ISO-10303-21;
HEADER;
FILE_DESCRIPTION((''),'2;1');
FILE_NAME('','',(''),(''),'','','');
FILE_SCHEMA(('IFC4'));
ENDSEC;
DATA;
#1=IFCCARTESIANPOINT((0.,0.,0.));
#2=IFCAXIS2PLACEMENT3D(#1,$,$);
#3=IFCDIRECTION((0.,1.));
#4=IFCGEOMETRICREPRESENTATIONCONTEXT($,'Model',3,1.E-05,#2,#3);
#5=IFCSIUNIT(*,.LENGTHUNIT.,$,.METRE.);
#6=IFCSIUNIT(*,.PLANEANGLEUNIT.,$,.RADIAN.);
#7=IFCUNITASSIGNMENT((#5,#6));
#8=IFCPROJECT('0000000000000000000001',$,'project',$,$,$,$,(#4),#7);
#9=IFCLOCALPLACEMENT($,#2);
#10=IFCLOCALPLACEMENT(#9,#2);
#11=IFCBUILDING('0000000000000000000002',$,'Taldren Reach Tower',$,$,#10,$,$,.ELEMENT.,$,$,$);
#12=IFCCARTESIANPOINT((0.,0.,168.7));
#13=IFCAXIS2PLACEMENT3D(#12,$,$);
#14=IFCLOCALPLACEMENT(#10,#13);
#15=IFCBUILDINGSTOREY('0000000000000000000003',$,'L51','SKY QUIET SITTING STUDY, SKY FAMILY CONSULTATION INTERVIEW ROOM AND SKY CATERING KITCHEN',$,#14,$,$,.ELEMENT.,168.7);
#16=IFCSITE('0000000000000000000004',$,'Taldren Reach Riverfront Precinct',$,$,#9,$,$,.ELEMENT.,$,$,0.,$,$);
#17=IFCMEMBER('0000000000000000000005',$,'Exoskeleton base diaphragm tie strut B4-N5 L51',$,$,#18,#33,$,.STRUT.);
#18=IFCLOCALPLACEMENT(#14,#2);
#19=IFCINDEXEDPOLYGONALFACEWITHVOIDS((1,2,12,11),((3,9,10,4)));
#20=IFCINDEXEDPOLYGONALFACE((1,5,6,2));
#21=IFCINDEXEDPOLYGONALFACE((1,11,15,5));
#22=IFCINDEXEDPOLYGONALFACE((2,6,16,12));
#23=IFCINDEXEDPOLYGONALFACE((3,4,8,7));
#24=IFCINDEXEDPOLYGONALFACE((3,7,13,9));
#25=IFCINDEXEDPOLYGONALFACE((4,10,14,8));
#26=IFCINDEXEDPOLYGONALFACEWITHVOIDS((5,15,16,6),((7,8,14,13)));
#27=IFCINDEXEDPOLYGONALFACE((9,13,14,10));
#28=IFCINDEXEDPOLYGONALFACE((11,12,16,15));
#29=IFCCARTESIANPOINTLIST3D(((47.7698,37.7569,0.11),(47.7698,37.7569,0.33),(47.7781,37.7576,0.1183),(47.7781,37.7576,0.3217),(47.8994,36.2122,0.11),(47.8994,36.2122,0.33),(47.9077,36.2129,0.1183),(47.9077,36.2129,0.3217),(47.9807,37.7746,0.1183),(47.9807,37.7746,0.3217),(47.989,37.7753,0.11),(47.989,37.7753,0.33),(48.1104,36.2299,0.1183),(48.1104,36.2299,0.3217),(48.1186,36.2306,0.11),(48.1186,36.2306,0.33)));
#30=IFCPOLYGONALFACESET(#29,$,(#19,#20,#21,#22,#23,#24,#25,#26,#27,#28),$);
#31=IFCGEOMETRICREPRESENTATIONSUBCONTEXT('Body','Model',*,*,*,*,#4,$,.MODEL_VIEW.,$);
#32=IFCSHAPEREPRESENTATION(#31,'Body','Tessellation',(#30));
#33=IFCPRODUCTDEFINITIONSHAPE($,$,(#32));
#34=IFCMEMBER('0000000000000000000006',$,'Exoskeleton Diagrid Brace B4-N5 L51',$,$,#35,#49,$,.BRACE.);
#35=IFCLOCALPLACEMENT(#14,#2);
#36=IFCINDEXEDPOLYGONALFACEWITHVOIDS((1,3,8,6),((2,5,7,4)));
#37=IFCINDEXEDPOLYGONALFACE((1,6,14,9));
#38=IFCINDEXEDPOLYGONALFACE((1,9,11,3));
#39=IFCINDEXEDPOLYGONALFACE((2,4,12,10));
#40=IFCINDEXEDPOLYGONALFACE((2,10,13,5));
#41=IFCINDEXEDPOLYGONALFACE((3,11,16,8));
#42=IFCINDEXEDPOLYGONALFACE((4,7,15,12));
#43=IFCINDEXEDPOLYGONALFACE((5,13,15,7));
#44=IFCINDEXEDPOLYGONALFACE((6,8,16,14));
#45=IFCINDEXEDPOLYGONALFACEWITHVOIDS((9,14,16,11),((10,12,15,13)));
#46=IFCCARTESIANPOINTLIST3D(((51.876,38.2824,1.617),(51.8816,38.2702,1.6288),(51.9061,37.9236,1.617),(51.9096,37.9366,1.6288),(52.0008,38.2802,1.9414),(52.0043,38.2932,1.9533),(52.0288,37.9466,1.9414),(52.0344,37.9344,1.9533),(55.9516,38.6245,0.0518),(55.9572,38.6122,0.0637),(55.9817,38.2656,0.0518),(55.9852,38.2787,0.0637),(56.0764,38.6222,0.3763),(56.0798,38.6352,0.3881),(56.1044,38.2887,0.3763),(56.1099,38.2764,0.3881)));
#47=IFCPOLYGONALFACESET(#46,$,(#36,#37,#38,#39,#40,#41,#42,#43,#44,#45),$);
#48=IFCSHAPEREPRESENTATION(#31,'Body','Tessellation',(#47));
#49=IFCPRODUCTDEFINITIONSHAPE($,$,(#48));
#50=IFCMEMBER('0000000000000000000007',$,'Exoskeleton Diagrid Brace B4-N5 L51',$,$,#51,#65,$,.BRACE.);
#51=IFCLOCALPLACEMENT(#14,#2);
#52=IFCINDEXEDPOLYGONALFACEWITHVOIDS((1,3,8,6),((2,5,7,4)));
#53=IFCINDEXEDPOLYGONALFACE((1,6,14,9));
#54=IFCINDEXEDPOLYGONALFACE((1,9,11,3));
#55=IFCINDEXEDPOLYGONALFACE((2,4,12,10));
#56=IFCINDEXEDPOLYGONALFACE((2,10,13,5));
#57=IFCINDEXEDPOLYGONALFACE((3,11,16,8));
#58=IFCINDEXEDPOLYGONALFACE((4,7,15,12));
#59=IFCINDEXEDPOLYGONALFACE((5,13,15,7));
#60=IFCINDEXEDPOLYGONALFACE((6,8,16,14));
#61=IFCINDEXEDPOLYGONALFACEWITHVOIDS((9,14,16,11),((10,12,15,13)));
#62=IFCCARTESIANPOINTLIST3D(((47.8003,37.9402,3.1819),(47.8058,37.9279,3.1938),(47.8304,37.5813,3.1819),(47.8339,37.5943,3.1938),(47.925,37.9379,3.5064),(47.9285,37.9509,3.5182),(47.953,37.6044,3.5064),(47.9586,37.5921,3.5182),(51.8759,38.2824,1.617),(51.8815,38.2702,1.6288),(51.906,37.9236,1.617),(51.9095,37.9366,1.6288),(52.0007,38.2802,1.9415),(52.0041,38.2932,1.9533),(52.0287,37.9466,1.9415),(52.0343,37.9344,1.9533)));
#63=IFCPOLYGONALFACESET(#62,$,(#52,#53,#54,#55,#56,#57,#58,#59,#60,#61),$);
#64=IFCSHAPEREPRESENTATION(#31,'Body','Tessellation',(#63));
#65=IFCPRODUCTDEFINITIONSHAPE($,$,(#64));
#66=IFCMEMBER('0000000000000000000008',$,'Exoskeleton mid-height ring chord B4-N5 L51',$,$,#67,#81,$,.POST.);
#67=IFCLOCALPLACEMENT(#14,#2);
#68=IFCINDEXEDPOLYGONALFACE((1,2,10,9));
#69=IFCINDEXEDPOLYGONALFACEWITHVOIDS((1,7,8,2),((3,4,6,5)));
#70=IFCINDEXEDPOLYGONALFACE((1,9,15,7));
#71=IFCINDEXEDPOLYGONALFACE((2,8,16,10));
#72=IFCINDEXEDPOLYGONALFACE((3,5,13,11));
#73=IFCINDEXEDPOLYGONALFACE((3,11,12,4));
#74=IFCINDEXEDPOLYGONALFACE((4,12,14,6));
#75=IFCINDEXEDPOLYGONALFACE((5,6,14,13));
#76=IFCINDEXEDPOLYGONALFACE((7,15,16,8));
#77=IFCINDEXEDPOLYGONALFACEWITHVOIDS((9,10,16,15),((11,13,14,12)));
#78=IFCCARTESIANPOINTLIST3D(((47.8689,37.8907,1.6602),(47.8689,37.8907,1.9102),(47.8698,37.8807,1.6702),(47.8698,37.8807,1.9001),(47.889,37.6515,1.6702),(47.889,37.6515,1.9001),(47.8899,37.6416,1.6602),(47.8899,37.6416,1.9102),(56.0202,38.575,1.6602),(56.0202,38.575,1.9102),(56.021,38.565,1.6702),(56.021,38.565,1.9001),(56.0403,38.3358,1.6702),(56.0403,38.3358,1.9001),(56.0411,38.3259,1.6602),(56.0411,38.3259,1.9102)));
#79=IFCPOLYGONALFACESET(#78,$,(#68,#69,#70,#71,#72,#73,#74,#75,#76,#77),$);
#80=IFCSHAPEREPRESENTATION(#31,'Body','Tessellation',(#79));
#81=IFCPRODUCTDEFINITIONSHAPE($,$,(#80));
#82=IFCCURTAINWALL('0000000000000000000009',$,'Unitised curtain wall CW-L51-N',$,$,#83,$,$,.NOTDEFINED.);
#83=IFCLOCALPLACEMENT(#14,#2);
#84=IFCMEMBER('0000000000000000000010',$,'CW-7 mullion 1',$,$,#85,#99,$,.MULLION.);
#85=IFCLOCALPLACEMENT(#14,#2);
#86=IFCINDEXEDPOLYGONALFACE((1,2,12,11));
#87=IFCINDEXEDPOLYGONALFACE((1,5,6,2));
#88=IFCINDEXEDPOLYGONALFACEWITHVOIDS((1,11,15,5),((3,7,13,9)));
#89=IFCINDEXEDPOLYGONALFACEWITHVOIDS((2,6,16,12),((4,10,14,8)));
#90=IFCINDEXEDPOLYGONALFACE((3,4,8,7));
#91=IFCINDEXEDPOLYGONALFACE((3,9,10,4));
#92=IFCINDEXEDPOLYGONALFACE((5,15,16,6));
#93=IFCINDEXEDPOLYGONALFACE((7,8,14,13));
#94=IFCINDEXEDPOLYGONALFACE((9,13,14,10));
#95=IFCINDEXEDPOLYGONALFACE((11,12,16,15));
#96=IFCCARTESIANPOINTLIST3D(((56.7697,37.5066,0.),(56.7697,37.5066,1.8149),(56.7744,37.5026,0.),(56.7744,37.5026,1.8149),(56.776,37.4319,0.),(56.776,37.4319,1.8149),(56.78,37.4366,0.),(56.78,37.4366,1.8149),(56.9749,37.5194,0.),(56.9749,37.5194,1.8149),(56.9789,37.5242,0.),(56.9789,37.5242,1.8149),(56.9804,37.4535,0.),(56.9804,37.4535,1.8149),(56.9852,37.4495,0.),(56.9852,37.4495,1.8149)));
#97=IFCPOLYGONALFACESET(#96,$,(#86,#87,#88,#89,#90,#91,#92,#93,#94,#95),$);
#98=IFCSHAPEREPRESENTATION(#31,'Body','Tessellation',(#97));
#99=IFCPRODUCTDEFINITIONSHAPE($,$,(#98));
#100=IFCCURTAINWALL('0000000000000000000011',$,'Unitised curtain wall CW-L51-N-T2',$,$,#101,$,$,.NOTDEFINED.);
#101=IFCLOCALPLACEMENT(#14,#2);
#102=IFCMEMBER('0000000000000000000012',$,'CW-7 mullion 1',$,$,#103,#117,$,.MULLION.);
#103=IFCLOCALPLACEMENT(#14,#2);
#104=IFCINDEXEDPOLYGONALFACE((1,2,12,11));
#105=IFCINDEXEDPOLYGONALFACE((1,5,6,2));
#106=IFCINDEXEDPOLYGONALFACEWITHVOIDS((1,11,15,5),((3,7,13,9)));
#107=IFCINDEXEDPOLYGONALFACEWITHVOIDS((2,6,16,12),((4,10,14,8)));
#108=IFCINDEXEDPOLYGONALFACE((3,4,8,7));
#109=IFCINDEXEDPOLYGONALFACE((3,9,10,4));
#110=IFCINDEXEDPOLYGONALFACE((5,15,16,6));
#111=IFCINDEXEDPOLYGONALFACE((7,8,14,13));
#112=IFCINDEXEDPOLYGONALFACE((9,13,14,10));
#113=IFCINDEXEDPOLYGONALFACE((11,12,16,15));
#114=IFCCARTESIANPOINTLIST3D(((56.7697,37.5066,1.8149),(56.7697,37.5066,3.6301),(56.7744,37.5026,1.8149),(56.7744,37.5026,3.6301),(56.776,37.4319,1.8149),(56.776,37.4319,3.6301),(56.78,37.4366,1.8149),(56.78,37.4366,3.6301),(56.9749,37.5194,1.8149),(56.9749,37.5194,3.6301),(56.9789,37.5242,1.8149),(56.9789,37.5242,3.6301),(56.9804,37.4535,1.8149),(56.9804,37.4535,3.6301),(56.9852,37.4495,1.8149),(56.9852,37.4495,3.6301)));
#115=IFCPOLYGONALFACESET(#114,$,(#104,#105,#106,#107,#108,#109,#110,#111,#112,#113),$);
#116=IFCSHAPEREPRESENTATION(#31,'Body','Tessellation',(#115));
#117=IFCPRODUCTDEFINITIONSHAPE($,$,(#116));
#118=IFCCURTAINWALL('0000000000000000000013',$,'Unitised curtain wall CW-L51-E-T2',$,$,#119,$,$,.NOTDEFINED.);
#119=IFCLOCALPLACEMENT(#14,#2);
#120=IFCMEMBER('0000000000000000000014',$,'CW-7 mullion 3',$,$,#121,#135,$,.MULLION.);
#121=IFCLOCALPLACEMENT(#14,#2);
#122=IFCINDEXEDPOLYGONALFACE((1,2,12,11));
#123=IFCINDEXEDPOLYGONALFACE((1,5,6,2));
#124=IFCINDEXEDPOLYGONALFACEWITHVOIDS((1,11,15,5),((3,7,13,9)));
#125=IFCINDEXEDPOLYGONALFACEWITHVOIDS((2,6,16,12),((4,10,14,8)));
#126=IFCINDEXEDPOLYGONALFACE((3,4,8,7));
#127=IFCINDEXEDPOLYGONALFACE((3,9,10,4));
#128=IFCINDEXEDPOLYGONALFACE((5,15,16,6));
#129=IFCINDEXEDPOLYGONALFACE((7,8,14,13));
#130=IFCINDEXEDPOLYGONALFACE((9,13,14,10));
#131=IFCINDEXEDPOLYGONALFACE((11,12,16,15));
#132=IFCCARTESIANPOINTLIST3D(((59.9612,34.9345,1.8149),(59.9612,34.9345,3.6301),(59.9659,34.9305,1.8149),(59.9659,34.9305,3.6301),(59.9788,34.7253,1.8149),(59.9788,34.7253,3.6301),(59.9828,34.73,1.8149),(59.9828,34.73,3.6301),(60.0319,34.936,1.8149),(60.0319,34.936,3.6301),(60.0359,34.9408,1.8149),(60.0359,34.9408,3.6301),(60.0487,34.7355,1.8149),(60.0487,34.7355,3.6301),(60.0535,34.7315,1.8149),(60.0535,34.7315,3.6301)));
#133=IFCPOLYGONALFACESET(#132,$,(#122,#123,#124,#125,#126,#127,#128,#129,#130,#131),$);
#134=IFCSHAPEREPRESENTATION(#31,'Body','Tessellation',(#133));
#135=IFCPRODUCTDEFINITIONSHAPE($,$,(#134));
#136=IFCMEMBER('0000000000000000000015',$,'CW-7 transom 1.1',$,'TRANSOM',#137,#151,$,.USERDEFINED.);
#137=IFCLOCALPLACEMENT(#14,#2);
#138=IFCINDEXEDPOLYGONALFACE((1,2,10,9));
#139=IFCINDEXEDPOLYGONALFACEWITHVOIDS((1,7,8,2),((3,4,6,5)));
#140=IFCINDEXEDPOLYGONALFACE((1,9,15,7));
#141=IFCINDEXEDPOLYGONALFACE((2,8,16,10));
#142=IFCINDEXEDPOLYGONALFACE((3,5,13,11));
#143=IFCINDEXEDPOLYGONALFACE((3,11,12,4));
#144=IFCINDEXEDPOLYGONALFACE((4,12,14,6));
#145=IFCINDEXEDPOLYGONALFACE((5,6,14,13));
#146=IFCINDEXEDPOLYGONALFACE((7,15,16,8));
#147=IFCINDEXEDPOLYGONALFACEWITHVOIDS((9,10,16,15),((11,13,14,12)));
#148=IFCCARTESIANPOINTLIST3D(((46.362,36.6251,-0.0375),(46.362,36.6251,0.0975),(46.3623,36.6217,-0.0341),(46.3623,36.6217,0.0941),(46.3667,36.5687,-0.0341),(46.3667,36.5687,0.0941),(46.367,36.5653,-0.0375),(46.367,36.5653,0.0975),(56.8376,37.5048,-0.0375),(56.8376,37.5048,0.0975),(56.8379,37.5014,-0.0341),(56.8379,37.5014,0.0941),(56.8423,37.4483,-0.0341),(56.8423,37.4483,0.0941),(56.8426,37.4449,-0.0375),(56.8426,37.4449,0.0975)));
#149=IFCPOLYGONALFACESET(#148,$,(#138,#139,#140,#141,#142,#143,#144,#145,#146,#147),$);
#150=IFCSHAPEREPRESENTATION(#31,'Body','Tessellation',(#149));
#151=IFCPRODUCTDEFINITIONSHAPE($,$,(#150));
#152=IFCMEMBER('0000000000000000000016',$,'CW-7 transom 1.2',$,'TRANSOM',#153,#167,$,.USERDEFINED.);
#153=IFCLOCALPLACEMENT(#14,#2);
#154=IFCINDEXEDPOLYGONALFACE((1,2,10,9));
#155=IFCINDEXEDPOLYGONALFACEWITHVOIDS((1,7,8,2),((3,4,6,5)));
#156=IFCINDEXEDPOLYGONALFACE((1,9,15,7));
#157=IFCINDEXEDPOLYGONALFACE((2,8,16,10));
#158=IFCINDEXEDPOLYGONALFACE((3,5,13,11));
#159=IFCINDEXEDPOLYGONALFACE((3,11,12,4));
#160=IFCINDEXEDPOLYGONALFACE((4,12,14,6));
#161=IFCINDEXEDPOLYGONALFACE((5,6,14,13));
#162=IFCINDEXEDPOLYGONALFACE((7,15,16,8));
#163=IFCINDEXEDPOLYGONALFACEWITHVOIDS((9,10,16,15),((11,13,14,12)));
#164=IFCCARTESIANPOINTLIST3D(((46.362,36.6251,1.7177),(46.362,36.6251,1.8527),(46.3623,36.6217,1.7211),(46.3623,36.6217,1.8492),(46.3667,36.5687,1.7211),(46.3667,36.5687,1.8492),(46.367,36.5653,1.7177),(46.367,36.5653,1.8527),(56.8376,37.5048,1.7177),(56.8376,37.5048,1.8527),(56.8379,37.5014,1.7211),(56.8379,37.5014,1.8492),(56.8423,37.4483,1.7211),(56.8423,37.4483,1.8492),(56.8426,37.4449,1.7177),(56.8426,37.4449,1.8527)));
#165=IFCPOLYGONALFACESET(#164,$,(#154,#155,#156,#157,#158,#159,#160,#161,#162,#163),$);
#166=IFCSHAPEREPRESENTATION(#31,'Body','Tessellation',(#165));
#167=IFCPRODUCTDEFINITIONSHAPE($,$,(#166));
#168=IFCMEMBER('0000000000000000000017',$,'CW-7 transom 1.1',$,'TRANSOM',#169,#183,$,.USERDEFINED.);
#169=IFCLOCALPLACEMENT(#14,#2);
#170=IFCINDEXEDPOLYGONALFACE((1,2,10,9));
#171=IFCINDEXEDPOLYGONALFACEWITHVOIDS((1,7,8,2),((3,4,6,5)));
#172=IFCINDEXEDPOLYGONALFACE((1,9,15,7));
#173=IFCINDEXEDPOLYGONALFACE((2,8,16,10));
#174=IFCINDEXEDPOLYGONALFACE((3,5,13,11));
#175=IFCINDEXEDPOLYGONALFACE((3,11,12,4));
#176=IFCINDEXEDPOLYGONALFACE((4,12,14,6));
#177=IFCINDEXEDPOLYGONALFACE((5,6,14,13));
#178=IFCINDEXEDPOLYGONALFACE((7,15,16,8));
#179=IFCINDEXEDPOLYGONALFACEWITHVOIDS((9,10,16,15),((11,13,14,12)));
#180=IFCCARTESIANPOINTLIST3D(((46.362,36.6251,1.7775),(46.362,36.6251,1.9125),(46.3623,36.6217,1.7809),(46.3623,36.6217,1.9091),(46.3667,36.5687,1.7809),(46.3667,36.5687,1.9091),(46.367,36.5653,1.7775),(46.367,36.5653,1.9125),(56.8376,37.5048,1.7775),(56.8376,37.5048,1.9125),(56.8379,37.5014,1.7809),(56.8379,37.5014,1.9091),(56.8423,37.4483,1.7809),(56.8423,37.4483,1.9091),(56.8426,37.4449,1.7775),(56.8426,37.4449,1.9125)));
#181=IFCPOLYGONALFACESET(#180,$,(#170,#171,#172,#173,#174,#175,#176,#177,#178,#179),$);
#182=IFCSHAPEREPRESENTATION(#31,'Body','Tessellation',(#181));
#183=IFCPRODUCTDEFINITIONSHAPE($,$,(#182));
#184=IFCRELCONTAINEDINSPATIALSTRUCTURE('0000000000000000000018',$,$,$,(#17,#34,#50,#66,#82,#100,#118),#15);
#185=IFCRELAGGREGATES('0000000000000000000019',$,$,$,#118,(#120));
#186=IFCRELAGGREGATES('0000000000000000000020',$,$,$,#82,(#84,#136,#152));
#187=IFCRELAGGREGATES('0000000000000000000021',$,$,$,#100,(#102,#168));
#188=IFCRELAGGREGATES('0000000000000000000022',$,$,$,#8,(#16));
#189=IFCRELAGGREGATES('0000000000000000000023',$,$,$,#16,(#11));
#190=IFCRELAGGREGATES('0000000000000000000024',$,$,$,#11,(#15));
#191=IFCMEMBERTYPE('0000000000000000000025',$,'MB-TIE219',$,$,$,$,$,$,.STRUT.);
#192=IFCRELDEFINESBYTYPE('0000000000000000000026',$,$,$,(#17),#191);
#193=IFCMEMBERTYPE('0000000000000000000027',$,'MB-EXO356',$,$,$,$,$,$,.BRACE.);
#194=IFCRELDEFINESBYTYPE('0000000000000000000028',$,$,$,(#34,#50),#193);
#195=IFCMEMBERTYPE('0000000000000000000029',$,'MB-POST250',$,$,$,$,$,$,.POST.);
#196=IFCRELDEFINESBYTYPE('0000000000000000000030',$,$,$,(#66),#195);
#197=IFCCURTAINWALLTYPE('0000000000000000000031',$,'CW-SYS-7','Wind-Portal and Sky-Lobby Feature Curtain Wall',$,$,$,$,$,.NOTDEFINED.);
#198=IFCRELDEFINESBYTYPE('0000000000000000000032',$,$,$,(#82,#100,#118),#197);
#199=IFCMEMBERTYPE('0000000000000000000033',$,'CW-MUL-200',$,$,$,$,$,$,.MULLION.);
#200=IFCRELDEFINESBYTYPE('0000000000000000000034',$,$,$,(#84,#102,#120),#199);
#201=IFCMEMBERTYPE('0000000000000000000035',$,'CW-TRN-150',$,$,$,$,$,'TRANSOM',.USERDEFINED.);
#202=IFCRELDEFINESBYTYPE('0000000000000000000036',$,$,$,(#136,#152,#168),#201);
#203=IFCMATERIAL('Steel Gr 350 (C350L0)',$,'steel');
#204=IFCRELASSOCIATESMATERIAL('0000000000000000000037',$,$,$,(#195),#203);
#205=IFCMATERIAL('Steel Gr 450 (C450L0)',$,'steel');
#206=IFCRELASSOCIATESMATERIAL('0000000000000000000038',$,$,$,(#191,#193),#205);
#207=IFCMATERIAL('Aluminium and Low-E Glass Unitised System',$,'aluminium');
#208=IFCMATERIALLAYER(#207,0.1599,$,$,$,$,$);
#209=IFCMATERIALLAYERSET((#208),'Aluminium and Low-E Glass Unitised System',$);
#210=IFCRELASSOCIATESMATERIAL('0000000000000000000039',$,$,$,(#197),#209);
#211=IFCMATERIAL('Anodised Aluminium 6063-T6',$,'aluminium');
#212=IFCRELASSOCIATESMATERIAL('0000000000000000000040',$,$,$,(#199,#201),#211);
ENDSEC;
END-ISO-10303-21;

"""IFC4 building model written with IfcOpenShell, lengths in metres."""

from ifc_helpers import new_model, si_unit, direction, frame, origin, origin_2d, place, context, subcontext, project, spatial, hollow_rectangle, extrude, source, transform, mapped, material, layer, layer_set, material_profile, profile_set, type_object, element, aggregate, save


model = new_model("IFC4")

# Units and contexts
model_context = context("Model", 3, precision=1e-05, world=origin(), true_north=direction((0.0, 1.0)))
body_context = subcontext(model_context, "Body", "Model", "MODEL_VIEW")
ifc_project = project(units=[si_unit("LENGTHUNIT", "METRE"), si_unit("PLANEANGLEUNIT", "RADIAN")], contexts=[model_context])

# Site, building, storey
site_placement = place(None, origin())
site = spatial("IfcSite", under=ifc_project, at=site_placement, Name="Taldren Reach Riverfront Precinct", CompositionType="ELEMENT", RefElevation=0.0)
building_placement = place(site_placement, origin())
building = spatial("IfcBuilding", under=site, at=building_placement, Name="Taldren Reach Tower", CompositionType="ELEMENT")
storey_placement = place(building_placement, frame((0.0, 0.0, 168.7)))
storey = spatial("IfcBuildingStorey", under=building, at=storey_placement, Name="L51", Description="SKY QUIET SITTING STUDY, SKY FAMILY CONSULTATION INTERVIEW ROOM AND SKY CATERING KITCHEN", CompositionType="ELEMENT", Elevation=168.7)

# Shared definitions
ifc_material_1 = material(Name="Steel Gr 350 (C350L0)", Category="steel")

# Shared definitions
ifc_material_profile_1 = material_profile(ifc_material_1, hollow_rectangle(XDim=0.25, YDim=0.25, WallThickness=0.01, at=origin_2d()), Name="250x250x10.0SHS")
ifc_profile_set_1 = profile_set([ifc_material_profile_1], Name="Steel Gr 350 (C350L0)")
member_type_1 = type_object("IfcMemberType", Name="MB-POST250", PredefinedType="POST", material=ifc_profile_set_1)

# Members
ifc_material_2 = material(Name="Steel Gr 450 (C450L0)", Category="steel")
ifc_material_profile_2 = material_profile(ifc_material_2, hollow_rectangle(XDim=0.22, YDim=0.22, WallThickness=0.0083, at=origin_2d()), Name="220x220x8.2SHS")
ifc_profile_set_2 = profile_set([ifc_material_profile_2], Name="Steel Gr 450 (C450L0)")
member_type_2 = type_object("IfcMemberType", Name="MB-TIE219", PredefinedType="STRUT", material=ifc_profile_set_2)
shared_shape_1 = source(origin(), body_context, "Body", "SweptSolid", [
    extrude(hollow_rectangle(XDim=0.22, YDim=0.22, WallThickness=0.0083, at=origin_2d()), origin(), (0.0, 0.0, 1.0), 1.55),
])
for number, where, z_axis, x_axis, name in (
    (1, (48.009, 36.2214, 0.22), (-0.083632, 0.996497, 0.0), (-0.996497, -0.083632, 0.0), "Exoskeleton base diaphragm tie strut B4-N5 L51"),
):
    element("IfcMember", number, at=place(storey_placement, frame(where, z_axis=z_axis, x_axis=x_axis)), inside=storey, type_object=member_type_2, Name=name, PredefinedType="STRUT", context=body_context, shape_type="MappedRepresentation", body=[
        mapped(shared_shape_1, transform((0.0, 0.0, 0.0), scale=1.0)),
    ])
ifc_material_profile_3 = material_profile(ifc_material_2, hollow_rectangle(XDim=0.3601, YDim=0.3601, WallThickness=0.0127, at=origin_2d()), Name="360x360x12.7SHS")
ifc_profile_set_3 = profile_set([ifc_material_profile_3], Name="Steel Gr 450 (C450L0)")
member_type_3 = type_object("IfcMemberType", Name="MB-EXO356", PredefinedType="BRACE", material=ifc_profile_set_3)
shared_shape_2 = source(origin(), body_context, "Body", "SweptSolid", [
    extrude(hollow_rectangle(XDim=0.3601, YDim=0.3601, WallThickness=0.0127, at=origin_2d()), origin(), (0.0, 0.0, 1.0), 4.3792),
])
for number, where, z_axis, x_axis, name in (
    (2, (56.0308, 38.4504, 0.22), (-0.930677, -0.078105, 0.357408), (0.083628, -0.996497, 0.0), "Exoskeleton Diagrid Brace B4-N5 L51"),
    (3, (51.9551, 38.1084, 1.7852), (-0.930691, -0.078162, 0.357358), (0.083688, -0.996492, 0.0), "Exoskeleton Diagrid Brace B4-N5 L51"),
):
    element("IfcMember", number, at=place(storey_placement, frame(where, z_axis=z_axis, x_axis=x_axis)), inside=storey, type_object=member_type_3, Name=name, PredefinedType="BRACE", context=body_context, shape_type="MappedRepresentation", body=[
        mapped(shared_shape_2, transform((0.0, 0.0, 0.0), scale=1.0)),
    ])
shared_shape_3 = source(origin(), body_context, "Body", "SweptSolid", [
    extrude(hollow_rectangle(XDim=0.25, YDim=0.25, WallThickness=0.01, at=origin_2d()), origin(), (0.0, 0.0, 1.0), 8.1799),
])
member_1_placement = place(storey_placement, frame((47.8794, 37.7661, 1.7852), z_axis=(0.996495, 0.083658, 0.0), x_axis=(-0.083658, 0.996495, 0.0)))
element("IfcMember", 4, at=member_1_placement, inside=storey, type_object=member_type_1, Name="Exoskeleton mid-height ring chord B4-N5 L51", PredefinedType="POST", context=body_context, shape_type="MappedRepresentation", body=[
    mapped(shared_shape_3, transform((0.0, 0.0, 0.0), scale=1.0)),
])

# Curtain walls, members
ifc_material_3 = material(Name="Aluminium and Low-E Glass Unitised System", Category="aluminium")
ifc_layer_1 = layer(ifc_material_3, 0.1599)
ifc_layer_set_1 = layer_set([ifc_layer_1], Name="Aluminium and Low-E Glass Unitised System")
curtain_wall_type = type_object("IfcCurtainWallType", Name="CW-SYS-7", Description="Wind-Portal and Sky-Lobby Feature Curtain Wall", PredefinedType="NOTDEFINED", material=ifc_layer_set_1)
curtain_wall_1_placement = place(storey_placement, origin())
curtain_wall_1 = element("IfcCurtainWall", 5, at=curtain_wall_1_placement, inside=storey, type_object=curtain_wall_type, Name="Unitised curtain wall CW-L51-N", PredefinedType="NOTDEFINED")
ifc_material_4 = material(Name="Anodised Aluminium 6063-T6", Category="aluminium")
ifc_material_profile_4 = material_profile(ifc_material_4, hollow_rectangle(XDim=0.075, YDim=0.21, WallThickness=0.0044, at=origin_2d()), Name="ALU-210x75x4.5RHS")
ifc_profile_set_4 = profile_set([ifc_material_profile_4], Name="Anodised Aluminium 6063-T6")
member_type_4 = type_object("IfcMemberType", Name="CW-MUL-200", PredefinedType="MULLION", material=ifc_profile_set_4)
shared_shape_4 = source(origin(), body_context, "Body", "SweptSolid", [
    extrude(hollow_rectangle(XDim=0.075, YDim=0.21, WallThickness=0.0044, at=origin_2d()), origin(), (0.0, 0.0, 1.0), 1.8149),
])
member_2_placement = place(storey_placement, frame((56.8774, 37.478, 0.0), z_axis=(0.0, 0.0, 1.0), x_axis=(0.083678, -0.996493, 0.0)))
member_2 = element("IfcMember", 6, at=member_2_placement, type_object=member_type_4, Name="CW-7 mullion 1", PredefinedType="MULLION", context=body_context, shape_type="MappedRepresentation", body=[
    mapped(shared_shape_4, transform((0.0, 0.0, 0.0), scale=1.0)),
])
curtain_wall_2_placement = place(storey_placement, origin())
curtain_wall_2 = element("IfcCurtainWall", 7, at=curtain_wall_2_placement, inside=storey, type_object=curtain_wall_type, Name="Unitised curtain wall CW-L51-N-T2", PredefinedType="NOTDEFINED")
shared_shape_5 = source(origin(), body_context, "Body", "SweptSolid", [
    extrude(hollow_rectangle(XDim=0.075, YDim=0.21, WallThickness=0.0044, at=origin_2d()), origin(), (0.0, 0.0, 1.0), 1.8152),
])
member_3_placement = place(storey_placement, frame((56.8774, 37.478, 1.8149), z_axis=(0.0, 0.0, 1.0), x_axis=(0.083678, -0.996493, 0.0)))
member_3 = element("IfcMember", 8, at=member_3_placement, type_object=member_type_4, Name="CW-7 mullion 1", PredefinedType="MULLION", context=body_context, shape_type="MappedRepresentation", body=[
    mapped(shared_shape_5, transform((0.0, 0.0, 0.0), scale=1.0)),
])
curtain_wall_3_placement = place(storey_placement, origin())
curtain_wall_3 = element("IfcCurtainWall", 9, at=curtain_wall_3_placement, inside=storey, type_object=curtain_wall_type, Name="Unitised curtain wall CW-L51-E-T2", PredefinedType="NOTDEFINED")
member_4_placement = place(storey_placement, frame((60.0073, 34.833, 1.8149), z_axis=(0.0, 0.0, 1.0), x_axis=(-0.996493, -0.083678, 0.0)))
member_4 = element("IfcMember", 10, at=member_4_placement, type_object=member_type_4, Name="CW-7 mullion 3", PredefinedType="MULLION", context=body_context, shape_type="MappedRepresentation", body=[
    mapped(shared_shape_5, transform((0.0, 0.0, 0.0), scale=1.0)),
])
aggregate(curtain_wall_3, [member_4])

# Members
ifc_material_profile_5 = material_profile(ifc_material_4, hollow_rectangle(XDim=0.0601, YDim=0.135, WallThickness=0.0034, at=origin_2d()), Name="ALU-135x60x3.5RHS")
ifc_profile_set_5 = profile_set([ifc_material_profile_5], Name="Anodised Aluminium 6063-T6")
member_type_5 = type_object("IfcMemberType", Name="CW-TRN-150", ElementType="TRANSOM", PredefinedType="USERDEFINED", material=ifc_profile_set_5)
shared_shape_6 = source(origin(), body_context, "Body", "SweptSolid", [
    extrude(hollow_rectangle(XDim=0.0601, YDim=0.135, WallThickness=0.0034, at=origin_2d()), origin(), (0.0, 0.0, 1.0), 10.5125),
])
member_5_placement = place(storey_placement, frame((56.8401, 37.4749, 0.03), z_axis=(-0.996493, -0.083676, 0.0), x_axis=(0.083676, -0.996493, 0.0)))
member_5 = element("IfcMember", 11, at=member_5_placement, type_object=member_type_5, Name="CW-7 transom 1.1", ObjectType="TRANSOM", PredefinedType="USERDEFINED", context=body_context, shape_type="MappedRepresentation", body=[
    mapped(shared_shape_6, transform((0.0, 0.0, 0.0), scale=1.0)),
])
member_6_placement = place(storey_placement, frame((56.8401, 37.4749, 1.7852), z_axis=(-0.996493, -0.083676, 0.0), x_axis=(0.083676, -0.996493, 0.0)))
member_6 = element("IfcMember", 12, at=member_6_placement, type_object=member_type_5, Name="CW-7 transom 1.2", ObjectType="TRANSOM", PredefinedType="USERDEFINED", context=body_context, shape_type="MappedRepresentation", body=[
    mapped(shared_shape_6, transform((0.0, 0.0, 0.0), scale=1.0)),
])
member_7_placement = place(storey_placement, frame((56.8401, 37.4749, 1.845), z_axis=(-0.996493, -0.083676, 0.0), x_axis=(0.083676, -0.996493, 0.0)))
member_7 = element("IfcMember", 13, at=member_7_placement, type_object=member_type_5, Name="CW-7 transom 1.1", ObjectType="TRANSOM", PredefinedType="USERDEFINED", context=body_context, shape_type="MappedRepresentation", body=[
    mapped(shared_shape_6, transform((0.0, 0.0, 0.0), scale=1.0)),
])

aggregate(curtain_wall_1, [member_2, member_5, member_6])
aggregate(curtain_wall_2, [member_3, member_7])

save(model, "model.ifc")
